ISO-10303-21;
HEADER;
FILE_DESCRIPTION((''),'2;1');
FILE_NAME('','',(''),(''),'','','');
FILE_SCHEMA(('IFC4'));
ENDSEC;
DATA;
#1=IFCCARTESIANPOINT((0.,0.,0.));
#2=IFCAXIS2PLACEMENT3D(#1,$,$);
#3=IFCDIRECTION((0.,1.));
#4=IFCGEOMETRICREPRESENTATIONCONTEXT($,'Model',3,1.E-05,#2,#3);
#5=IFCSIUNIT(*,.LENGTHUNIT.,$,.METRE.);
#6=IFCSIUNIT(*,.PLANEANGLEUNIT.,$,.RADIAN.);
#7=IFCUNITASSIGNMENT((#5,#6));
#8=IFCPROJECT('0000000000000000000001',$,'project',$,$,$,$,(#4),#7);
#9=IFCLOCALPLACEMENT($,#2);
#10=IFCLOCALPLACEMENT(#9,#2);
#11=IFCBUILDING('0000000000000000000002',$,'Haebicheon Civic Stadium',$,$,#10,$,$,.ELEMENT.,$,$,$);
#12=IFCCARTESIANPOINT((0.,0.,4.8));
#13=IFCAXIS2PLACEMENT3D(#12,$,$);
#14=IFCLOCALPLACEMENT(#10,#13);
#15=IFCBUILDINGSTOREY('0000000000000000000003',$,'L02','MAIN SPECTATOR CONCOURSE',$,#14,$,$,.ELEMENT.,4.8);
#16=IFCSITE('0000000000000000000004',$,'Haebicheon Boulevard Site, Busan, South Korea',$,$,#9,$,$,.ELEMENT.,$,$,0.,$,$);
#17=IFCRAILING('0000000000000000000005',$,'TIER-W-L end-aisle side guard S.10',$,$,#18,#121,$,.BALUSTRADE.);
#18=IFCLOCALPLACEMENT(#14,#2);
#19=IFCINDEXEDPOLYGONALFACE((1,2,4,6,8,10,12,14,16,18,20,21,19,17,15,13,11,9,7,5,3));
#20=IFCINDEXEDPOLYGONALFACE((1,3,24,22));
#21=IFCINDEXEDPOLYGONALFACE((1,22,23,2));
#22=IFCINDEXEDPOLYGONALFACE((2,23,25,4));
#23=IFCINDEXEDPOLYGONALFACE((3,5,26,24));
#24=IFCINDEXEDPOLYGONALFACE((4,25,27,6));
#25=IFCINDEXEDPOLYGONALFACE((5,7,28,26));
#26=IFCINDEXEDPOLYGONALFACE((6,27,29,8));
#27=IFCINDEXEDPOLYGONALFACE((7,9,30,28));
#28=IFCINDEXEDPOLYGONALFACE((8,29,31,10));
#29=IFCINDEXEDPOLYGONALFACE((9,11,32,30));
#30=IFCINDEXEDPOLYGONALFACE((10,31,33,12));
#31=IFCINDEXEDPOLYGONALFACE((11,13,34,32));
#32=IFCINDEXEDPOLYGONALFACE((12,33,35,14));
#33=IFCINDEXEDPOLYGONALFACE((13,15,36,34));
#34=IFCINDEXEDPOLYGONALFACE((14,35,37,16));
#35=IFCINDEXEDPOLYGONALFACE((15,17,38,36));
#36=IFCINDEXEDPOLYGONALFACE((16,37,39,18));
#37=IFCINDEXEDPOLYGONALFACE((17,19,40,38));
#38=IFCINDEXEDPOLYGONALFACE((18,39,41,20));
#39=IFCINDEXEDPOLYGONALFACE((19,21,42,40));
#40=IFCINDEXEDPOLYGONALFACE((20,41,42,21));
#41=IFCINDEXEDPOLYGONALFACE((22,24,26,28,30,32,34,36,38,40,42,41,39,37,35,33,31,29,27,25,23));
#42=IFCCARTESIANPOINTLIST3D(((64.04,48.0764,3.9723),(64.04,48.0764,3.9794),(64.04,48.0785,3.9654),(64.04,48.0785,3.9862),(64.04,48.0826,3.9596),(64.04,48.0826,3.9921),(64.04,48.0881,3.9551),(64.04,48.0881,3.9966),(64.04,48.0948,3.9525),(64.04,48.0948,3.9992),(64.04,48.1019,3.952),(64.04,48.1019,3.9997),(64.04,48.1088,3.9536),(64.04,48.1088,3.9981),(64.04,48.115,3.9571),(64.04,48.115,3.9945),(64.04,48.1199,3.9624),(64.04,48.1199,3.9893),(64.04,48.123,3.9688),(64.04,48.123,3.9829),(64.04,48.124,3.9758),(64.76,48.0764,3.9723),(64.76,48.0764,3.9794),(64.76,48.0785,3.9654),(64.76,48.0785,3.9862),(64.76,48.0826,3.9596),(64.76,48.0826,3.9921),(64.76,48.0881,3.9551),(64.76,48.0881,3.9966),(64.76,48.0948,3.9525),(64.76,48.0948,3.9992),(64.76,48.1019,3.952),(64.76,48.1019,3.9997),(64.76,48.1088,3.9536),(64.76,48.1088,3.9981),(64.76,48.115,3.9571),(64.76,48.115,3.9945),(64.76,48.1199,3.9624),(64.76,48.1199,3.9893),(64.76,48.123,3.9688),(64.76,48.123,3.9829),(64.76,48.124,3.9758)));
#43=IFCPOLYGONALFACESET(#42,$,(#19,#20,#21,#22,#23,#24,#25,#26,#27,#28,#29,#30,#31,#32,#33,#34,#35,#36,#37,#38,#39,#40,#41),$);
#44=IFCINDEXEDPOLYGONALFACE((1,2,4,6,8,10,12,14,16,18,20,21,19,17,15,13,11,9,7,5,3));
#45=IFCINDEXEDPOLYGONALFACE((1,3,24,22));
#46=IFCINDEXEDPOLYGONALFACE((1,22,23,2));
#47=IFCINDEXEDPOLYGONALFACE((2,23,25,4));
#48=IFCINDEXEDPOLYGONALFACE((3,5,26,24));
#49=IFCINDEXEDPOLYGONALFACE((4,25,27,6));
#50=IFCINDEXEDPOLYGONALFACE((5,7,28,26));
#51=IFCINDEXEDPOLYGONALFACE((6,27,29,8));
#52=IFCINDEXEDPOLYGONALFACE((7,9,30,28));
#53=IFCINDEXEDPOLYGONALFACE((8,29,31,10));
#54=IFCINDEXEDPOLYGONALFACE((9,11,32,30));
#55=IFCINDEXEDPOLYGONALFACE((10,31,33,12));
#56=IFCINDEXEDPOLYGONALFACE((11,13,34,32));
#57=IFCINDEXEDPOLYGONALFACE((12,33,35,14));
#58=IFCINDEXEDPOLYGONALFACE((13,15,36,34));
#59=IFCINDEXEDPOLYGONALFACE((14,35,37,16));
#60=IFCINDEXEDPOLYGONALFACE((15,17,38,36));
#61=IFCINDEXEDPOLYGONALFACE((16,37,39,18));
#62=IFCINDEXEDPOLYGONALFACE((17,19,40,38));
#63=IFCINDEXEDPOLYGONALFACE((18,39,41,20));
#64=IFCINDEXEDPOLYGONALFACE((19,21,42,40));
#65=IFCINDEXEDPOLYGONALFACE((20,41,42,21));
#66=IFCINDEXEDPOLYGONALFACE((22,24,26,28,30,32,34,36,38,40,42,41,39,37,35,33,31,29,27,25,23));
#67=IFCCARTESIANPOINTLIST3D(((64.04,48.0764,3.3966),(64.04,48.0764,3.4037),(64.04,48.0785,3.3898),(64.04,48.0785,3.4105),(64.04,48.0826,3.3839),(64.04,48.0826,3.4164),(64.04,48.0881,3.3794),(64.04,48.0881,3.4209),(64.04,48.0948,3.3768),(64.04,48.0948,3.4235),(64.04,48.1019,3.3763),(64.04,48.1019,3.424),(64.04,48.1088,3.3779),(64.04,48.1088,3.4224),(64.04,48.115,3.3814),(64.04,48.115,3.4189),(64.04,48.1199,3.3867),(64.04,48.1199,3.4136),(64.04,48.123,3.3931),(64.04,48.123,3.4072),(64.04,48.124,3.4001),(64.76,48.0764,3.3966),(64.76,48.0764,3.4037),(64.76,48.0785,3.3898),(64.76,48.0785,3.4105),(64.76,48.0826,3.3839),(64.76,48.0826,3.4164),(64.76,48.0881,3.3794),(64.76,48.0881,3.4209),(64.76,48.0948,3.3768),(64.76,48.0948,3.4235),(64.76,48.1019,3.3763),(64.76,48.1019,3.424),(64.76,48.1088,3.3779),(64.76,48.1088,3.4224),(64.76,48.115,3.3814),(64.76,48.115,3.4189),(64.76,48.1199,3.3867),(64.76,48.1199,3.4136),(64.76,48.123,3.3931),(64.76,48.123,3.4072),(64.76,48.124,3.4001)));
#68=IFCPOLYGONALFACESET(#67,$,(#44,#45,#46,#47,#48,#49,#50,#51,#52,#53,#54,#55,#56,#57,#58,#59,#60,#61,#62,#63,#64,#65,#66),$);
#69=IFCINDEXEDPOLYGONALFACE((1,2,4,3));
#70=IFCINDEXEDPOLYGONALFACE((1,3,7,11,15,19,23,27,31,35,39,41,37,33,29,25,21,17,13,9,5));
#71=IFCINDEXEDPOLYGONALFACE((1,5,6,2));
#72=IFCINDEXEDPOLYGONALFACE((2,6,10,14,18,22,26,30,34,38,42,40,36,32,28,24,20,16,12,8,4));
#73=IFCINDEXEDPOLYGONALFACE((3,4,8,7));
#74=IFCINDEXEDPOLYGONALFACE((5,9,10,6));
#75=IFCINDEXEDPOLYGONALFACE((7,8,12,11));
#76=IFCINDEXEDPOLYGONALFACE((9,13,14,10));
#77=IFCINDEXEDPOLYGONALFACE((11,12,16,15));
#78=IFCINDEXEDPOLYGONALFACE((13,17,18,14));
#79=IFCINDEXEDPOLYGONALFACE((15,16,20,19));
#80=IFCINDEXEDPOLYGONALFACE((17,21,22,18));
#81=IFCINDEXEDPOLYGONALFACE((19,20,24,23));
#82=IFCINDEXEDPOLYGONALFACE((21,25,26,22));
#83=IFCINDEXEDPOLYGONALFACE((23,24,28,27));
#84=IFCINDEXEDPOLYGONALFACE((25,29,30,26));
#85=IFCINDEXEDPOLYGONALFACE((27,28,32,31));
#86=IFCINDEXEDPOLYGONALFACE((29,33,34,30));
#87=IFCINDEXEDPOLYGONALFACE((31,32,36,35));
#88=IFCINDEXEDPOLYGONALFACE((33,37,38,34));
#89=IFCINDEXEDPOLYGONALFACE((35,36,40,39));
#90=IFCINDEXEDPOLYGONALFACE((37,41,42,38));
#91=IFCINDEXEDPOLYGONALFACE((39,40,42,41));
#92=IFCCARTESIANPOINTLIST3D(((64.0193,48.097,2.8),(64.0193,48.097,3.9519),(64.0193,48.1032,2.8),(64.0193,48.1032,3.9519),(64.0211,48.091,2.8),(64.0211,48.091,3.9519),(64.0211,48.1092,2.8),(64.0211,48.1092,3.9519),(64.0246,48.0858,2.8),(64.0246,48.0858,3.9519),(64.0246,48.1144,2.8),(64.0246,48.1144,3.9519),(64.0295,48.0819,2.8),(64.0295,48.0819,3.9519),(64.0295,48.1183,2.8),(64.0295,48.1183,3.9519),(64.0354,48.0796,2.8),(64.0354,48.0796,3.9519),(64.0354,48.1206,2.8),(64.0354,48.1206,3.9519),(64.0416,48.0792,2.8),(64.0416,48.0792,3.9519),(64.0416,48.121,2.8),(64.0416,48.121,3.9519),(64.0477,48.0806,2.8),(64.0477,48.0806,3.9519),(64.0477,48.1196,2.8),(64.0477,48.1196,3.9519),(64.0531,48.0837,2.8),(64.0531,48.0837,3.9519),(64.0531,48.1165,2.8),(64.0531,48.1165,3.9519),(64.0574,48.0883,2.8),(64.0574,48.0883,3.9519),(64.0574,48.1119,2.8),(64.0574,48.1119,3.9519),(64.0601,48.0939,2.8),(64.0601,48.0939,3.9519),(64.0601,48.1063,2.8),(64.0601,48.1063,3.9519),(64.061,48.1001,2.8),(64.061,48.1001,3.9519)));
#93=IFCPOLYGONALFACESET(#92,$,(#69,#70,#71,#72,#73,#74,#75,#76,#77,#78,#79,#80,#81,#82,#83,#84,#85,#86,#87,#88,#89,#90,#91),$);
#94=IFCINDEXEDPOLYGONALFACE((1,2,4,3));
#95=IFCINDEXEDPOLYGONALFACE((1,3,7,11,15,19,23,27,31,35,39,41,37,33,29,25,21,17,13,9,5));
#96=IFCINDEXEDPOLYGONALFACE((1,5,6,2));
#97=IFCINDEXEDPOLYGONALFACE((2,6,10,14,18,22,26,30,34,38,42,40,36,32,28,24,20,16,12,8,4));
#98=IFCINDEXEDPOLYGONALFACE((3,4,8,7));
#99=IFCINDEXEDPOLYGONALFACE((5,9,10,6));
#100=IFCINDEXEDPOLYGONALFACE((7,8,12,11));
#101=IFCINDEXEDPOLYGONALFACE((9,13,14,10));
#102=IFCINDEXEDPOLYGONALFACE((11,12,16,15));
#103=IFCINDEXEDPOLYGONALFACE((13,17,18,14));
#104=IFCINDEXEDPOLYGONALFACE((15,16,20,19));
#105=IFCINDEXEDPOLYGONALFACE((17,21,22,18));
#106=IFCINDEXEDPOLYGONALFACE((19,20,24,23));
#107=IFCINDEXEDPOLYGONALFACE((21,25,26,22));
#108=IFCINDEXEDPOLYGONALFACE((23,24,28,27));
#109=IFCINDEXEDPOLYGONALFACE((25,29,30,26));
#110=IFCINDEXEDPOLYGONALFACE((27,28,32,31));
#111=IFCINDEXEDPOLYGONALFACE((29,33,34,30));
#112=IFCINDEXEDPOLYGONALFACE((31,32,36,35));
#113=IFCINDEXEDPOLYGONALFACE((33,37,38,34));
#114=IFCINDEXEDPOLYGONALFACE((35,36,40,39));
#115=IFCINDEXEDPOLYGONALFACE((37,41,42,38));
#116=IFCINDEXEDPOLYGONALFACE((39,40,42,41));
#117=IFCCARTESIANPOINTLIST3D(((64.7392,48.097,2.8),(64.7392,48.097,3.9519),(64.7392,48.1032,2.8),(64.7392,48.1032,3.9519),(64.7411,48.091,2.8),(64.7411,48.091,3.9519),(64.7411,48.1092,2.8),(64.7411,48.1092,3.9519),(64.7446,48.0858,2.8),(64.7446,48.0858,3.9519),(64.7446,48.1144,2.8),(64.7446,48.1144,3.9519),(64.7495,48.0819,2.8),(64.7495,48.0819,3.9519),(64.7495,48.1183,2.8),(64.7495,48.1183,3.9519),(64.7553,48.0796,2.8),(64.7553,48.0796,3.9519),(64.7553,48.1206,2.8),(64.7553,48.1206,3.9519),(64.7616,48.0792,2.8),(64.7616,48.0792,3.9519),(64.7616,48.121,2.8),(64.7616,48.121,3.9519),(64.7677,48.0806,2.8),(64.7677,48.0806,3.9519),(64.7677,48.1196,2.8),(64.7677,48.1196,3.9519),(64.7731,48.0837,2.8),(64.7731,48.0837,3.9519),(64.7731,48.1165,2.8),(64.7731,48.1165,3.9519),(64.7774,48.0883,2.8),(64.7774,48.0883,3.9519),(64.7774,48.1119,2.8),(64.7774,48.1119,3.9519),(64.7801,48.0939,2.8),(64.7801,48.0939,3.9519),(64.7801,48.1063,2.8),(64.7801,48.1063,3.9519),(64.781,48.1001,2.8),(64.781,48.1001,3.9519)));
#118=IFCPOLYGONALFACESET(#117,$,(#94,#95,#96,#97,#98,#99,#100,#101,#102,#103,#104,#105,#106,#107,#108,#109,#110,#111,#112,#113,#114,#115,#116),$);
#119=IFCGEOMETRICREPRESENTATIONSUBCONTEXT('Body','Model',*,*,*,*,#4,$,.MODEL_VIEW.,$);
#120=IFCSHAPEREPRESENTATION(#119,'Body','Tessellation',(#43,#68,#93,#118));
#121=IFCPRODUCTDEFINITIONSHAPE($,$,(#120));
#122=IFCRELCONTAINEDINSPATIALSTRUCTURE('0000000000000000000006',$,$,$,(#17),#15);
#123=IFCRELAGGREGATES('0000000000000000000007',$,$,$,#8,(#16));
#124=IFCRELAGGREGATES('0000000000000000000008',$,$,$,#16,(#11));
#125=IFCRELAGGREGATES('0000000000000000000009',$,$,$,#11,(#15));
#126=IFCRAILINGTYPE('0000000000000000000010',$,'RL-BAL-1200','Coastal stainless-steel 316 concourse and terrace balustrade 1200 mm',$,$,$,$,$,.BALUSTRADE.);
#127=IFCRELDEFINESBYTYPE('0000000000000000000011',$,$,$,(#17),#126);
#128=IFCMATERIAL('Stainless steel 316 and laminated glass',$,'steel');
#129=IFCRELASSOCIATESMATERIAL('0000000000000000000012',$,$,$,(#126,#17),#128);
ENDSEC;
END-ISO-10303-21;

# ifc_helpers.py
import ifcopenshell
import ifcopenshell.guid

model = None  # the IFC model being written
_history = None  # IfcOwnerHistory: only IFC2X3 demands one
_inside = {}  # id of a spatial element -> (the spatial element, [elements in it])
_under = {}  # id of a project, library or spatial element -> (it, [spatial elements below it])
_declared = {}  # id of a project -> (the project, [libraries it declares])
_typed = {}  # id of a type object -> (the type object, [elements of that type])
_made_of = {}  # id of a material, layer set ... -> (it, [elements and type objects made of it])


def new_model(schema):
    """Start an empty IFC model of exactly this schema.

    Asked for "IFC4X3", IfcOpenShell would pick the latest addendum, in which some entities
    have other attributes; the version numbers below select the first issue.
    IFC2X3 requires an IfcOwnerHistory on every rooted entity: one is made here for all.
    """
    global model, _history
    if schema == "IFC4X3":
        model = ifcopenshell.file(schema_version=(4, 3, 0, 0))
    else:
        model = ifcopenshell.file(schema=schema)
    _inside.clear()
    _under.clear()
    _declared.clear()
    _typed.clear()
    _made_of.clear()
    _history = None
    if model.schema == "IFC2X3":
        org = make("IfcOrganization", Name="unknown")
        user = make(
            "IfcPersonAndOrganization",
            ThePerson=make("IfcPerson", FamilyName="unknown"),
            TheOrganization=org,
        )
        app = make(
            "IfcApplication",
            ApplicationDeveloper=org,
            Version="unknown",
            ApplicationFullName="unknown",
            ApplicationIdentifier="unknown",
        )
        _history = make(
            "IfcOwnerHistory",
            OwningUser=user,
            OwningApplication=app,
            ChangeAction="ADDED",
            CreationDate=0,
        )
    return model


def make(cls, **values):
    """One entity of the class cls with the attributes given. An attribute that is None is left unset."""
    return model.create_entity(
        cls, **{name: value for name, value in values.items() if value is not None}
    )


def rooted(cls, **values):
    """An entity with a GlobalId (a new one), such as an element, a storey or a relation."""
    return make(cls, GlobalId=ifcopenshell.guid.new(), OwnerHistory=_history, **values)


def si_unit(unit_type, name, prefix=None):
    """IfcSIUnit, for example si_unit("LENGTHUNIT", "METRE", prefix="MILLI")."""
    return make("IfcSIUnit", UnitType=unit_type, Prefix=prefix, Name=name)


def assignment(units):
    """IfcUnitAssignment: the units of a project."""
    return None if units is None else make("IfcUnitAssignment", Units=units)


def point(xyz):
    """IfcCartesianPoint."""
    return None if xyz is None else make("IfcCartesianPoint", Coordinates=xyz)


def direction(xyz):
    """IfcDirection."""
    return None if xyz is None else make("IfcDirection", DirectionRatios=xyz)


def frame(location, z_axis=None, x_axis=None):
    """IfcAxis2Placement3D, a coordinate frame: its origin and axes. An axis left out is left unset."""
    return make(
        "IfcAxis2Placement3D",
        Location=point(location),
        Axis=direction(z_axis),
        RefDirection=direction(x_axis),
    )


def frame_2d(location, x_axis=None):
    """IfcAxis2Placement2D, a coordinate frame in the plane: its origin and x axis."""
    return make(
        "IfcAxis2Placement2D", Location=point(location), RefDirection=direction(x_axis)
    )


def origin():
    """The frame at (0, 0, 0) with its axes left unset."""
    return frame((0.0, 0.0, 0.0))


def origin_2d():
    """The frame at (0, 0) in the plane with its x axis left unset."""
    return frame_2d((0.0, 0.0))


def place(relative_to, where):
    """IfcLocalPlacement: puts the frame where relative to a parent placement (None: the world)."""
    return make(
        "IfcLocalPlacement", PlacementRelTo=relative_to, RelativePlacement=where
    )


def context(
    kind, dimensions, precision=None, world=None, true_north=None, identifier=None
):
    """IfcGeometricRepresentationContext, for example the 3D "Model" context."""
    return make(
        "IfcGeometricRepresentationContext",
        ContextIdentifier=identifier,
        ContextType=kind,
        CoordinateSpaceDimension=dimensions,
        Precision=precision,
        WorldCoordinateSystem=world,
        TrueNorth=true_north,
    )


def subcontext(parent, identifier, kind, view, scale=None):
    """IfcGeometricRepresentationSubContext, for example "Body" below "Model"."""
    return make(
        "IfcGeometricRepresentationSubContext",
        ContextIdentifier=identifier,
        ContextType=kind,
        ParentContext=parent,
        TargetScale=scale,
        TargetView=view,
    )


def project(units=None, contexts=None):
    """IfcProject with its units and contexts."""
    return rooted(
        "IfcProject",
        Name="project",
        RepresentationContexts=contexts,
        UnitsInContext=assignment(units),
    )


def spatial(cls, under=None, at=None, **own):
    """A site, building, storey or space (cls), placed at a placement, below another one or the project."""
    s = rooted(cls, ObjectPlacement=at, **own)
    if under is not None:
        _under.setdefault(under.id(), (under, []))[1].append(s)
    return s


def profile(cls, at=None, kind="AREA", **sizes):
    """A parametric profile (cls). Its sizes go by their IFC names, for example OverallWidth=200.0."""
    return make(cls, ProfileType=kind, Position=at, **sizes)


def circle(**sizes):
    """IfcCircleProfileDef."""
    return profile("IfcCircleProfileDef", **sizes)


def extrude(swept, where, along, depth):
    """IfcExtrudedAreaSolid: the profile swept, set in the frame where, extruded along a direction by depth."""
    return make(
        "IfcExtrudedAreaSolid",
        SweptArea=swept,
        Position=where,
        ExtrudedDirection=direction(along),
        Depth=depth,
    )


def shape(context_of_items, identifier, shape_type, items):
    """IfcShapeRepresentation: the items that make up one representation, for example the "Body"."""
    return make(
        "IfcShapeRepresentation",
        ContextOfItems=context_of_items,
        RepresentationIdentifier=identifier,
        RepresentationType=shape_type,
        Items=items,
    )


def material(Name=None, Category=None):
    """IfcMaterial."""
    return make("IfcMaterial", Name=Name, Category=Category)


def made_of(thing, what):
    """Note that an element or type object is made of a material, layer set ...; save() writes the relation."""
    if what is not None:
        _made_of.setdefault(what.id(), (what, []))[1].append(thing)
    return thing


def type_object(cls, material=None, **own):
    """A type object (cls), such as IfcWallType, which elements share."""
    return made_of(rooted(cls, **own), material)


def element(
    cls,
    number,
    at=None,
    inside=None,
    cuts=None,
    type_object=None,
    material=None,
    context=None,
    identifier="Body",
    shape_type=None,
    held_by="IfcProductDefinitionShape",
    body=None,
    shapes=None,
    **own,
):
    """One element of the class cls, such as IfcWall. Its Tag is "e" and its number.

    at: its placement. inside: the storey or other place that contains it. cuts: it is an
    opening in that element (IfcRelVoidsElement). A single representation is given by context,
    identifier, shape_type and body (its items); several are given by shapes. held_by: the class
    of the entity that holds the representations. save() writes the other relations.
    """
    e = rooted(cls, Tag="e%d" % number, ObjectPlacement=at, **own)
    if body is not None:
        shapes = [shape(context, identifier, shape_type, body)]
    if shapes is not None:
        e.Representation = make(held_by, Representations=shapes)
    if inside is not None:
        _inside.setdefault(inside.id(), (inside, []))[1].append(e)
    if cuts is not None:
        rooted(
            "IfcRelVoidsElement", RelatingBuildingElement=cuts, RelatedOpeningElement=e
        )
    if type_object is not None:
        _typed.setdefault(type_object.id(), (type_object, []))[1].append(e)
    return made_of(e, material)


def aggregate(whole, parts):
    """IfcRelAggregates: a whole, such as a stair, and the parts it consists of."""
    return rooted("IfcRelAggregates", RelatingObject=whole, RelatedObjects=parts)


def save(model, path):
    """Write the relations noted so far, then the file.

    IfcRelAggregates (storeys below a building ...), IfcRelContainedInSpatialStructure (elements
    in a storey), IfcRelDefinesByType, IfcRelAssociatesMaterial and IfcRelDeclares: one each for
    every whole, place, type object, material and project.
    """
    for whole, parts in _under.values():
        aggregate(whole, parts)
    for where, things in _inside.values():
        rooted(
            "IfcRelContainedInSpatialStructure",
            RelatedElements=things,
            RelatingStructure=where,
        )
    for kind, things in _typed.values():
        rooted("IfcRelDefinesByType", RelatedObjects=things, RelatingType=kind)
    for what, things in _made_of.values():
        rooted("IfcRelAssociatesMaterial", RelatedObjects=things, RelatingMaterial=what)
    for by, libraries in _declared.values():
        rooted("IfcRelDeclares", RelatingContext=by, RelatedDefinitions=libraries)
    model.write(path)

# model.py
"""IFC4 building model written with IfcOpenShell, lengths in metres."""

from ifc_helpers import new_model, si_unit, direction, frame, origin, origin_2d, place, context, subcontext, project, spatial, circle, extrude, material, type_object, element, save


model = new_model("IFC4")

# Units and contexts
model_context = context("Model", 3, precision=1e-05, world=origin(), true_north=direction((0.0, 1.0)))
body_context = subcontext(model_context, "Body", "Model", "MODEL_VIEW")
ifc_project = project(units=[si_unit("LENGTHUNIT", "METRE"), si_unit("PLANEANGLEUNIT", "RADIAN")], contexts=[model_context])

# Site, building, storey
site_placement = place(None, origin())
site = spatial("IfcSite", under=ifc_project, at=site_placement, Name="Haebicheon Boulevard Site, Busan, South Korea", CompositionType="ELEMENT", RefElevation=0.0)
building_placement = place(site_placement, origin())
building = spatial("IfcBuilding", under=site, at=building_placement, Name="Haebicheon Civic Stadium", CompositionType="ELEMENT")
storey_placement = place(building_placement, frame((0.0, 0.0, 4.8)))
storey = spatial("IfcBuildingStorey", under=building, at=storey_placement, Name="L02", Description="MAIN SPECTATOR CONCOURSE", CompositionType="ELEMENT", Elevation=4.8)

# Railing
ifc_material_1 = material(Name="Stainless steel 316 and laminated glass", Category="steel")
railing_type = type_object("IfcRailingType", Name="RL-BAL-1200", Description="Coastal stainless-steel 316 concourse and terrace balustrade 1200 mm", PredefinedType="BALUSTRADE", material=ifc_material_1)
for number, where, name in (
    (1, (64.04, 48.1001, 2.8), "TIER-W-L end-aisle side guard S.10"),
):
    element("IfcRailing", number, at=place(storey_placement, frame(where)), inside=storey, type_object=railing_type, material=ifc_material_1, Name=name, PredefinedType="BALUSTRADE", context=body_context, shape_type="SweptSolid", body=[
        extrude(circle(Radius=0.0239, at=origin_2d()), frame((0.0, 0.0, 1.1758), z_axis=(1.0, 0.0, 0.0), x_axis=(0.0, 1.0, 0.0)), (0.0, 0.0, 1.0), 0.72),
        extrude(circle(Radius=0.0239, at=origin_2d()), frame((0.0, 0.0, 0.6001), z_axis=(1.0, 0.0, 0.0), x_axis=(0.0, 1.0, 0.0)), (0.0, 0.0, 1.0), 0.72),
        extrude(circle(Radius=0.021, at=origin_2d()), origin(), (0.0, 0.0, 1.0), 1.1519),
        extrude(circle(Radius=0.021, at=origin_2d()), frame((0.72, 0.0, 0.0)), (0.0, 0.0, 1.0), 1.1519),
    ])

save(model, "model.ifc")
